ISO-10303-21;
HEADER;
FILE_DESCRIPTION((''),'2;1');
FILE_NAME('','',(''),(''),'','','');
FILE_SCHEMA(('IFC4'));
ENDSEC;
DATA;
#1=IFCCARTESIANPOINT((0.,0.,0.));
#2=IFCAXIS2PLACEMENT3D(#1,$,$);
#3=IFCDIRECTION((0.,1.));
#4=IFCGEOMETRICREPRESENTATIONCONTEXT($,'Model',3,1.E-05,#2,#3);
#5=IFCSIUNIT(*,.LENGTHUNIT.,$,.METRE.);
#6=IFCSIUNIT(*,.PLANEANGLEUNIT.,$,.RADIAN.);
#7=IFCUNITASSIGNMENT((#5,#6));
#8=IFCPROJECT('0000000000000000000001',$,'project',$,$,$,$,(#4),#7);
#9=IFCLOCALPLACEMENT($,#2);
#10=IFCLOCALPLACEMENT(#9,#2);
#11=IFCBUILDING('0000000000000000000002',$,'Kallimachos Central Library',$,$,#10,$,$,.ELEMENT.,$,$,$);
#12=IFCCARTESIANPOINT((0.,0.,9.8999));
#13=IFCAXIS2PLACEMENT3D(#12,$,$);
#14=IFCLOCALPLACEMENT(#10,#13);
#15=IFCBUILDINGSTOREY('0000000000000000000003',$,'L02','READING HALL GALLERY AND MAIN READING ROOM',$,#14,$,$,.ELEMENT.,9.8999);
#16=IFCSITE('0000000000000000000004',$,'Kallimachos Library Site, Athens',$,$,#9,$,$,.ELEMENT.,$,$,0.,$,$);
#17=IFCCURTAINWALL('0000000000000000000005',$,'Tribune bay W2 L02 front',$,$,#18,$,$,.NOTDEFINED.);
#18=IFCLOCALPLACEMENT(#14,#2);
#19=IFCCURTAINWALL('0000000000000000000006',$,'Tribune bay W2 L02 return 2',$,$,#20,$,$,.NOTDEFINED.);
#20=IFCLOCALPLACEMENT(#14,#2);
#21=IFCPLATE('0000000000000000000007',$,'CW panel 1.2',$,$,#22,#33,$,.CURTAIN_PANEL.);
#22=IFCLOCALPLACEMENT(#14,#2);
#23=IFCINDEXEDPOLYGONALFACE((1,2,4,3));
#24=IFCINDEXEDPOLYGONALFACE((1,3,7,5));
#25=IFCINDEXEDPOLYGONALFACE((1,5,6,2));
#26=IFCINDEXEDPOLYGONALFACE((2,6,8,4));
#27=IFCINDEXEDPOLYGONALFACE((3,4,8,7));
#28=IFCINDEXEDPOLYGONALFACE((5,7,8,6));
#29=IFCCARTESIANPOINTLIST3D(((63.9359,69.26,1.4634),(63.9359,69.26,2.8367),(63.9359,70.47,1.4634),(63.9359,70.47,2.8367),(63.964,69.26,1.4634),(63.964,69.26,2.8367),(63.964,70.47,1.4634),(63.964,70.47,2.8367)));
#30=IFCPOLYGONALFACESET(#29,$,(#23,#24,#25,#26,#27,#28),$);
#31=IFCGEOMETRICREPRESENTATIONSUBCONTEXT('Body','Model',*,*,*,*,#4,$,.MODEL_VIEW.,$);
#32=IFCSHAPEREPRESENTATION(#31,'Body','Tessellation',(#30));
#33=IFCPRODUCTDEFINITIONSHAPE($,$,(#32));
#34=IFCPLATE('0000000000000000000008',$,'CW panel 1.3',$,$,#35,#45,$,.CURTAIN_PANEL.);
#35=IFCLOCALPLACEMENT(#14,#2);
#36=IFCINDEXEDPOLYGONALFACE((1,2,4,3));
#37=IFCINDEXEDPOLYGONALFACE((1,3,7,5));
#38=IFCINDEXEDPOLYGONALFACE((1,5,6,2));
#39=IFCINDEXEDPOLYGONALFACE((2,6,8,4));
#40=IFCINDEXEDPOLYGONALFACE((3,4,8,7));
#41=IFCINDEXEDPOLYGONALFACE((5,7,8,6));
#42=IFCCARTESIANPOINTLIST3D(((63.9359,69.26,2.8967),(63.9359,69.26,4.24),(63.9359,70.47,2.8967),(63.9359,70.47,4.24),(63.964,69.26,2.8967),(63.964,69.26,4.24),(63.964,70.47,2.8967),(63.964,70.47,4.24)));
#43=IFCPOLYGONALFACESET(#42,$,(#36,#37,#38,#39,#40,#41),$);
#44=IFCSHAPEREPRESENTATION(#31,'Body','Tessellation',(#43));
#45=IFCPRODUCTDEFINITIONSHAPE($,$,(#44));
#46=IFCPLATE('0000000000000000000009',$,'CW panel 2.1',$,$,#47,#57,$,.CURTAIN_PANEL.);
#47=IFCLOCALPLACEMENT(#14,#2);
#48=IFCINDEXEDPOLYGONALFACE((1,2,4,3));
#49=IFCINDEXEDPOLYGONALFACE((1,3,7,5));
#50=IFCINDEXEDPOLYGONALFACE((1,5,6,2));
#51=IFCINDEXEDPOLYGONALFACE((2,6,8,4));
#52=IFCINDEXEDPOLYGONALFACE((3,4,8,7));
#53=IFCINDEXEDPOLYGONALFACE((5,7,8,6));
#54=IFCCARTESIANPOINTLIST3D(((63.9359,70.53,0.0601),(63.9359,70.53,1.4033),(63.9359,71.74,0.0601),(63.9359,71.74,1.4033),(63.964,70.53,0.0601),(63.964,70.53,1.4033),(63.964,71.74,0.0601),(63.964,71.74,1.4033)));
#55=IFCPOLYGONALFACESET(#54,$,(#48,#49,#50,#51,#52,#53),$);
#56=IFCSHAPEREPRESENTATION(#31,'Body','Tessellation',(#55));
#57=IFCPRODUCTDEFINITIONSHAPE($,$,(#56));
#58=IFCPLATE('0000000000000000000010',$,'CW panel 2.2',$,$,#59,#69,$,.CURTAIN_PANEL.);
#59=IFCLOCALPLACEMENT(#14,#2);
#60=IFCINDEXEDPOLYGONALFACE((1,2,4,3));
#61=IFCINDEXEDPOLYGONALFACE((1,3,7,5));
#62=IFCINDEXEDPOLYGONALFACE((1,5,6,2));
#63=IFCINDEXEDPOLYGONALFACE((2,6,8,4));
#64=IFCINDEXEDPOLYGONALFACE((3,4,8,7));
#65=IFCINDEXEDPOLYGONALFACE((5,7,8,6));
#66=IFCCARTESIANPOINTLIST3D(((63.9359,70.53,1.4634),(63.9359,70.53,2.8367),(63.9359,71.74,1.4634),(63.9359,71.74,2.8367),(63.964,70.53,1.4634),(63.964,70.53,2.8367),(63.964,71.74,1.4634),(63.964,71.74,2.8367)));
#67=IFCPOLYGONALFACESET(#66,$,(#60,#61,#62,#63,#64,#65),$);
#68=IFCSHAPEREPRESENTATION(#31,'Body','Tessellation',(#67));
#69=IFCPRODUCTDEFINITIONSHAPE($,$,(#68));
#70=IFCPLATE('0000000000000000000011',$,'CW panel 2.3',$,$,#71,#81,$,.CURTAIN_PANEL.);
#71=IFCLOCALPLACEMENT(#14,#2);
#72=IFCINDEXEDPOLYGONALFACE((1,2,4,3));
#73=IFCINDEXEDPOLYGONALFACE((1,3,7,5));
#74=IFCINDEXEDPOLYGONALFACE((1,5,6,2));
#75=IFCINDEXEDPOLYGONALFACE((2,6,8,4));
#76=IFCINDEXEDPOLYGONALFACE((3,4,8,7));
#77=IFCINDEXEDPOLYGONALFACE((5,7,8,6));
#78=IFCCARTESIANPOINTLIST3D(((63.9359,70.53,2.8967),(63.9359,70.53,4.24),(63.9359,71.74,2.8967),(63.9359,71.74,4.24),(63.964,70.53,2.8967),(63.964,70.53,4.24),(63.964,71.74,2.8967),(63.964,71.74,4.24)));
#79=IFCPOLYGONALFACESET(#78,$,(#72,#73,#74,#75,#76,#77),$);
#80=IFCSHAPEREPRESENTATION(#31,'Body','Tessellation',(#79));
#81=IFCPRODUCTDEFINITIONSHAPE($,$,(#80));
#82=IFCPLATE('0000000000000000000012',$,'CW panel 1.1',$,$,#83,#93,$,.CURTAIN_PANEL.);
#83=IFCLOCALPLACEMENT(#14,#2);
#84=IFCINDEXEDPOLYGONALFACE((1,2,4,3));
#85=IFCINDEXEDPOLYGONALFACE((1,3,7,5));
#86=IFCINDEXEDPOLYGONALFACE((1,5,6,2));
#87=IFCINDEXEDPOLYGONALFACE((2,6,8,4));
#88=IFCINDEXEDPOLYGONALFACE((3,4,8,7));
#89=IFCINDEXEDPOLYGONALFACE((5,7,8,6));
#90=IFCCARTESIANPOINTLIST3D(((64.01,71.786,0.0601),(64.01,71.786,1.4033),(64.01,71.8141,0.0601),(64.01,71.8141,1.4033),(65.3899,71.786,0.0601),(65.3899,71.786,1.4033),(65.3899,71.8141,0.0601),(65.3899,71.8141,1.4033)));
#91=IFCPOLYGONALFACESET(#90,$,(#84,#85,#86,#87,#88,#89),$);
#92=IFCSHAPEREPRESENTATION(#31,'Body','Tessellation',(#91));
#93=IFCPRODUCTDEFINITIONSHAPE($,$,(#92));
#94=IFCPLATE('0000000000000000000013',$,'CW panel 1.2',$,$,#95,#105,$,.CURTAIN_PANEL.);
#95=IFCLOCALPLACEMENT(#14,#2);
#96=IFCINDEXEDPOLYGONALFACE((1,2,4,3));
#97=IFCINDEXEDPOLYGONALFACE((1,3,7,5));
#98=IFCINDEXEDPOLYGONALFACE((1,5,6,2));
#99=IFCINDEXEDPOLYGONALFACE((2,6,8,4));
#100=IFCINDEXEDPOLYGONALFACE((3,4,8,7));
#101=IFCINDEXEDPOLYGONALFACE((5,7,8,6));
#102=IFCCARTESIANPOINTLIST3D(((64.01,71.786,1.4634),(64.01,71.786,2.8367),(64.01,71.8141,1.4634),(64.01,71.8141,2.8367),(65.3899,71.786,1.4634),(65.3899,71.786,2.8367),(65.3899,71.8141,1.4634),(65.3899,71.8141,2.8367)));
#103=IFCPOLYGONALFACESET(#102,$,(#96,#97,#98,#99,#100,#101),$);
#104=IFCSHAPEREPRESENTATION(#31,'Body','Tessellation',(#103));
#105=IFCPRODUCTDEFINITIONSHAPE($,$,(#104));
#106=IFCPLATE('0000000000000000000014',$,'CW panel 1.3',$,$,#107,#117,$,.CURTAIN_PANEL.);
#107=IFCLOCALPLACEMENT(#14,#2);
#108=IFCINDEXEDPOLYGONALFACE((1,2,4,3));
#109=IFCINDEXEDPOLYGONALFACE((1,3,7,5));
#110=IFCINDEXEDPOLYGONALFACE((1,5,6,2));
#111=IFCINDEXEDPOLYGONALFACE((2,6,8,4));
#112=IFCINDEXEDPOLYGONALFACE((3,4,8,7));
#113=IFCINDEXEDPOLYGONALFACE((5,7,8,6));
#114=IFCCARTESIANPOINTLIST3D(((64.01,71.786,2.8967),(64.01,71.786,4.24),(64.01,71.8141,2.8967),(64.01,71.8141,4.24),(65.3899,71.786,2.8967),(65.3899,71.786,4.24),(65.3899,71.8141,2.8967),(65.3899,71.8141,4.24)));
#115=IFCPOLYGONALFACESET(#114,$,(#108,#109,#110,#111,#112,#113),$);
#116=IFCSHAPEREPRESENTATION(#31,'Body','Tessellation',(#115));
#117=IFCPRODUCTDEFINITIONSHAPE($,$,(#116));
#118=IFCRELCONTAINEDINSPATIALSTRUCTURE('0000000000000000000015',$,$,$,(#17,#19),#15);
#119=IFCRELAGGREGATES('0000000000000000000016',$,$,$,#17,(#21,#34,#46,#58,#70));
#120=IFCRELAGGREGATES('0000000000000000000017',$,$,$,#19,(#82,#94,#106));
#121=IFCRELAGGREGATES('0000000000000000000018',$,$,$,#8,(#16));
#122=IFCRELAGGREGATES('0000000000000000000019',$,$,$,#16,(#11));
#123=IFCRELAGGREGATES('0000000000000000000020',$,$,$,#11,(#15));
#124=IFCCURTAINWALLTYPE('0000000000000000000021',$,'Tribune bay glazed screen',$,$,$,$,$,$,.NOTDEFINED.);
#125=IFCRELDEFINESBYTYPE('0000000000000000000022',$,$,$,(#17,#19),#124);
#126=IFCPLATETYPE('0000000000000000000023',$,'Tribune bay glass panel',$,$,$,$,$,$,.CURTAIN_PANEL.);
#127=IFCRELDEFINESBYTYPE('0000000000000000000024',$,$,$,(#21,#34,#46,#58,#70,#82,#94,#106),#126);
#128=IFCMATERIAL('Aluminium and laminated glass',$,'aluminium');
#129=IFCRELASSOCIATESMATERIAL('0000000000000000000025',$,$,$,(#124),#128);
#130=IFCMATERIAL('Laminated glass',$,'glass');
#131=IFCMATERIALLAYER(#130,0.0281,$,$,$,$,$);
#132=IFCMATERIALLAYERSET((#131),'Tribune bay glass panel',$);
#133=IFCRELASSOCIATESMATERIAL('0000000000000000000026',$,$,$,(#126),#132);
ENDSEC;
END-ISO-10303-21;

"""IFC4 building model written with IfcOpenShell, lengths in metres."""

from ifc_helpers import new_model, si_unit, direction, frame, origin, origin_2d, place, context, subcontext, project, spatial, rectangle, extrude, material, layer, layer_set, type_object, element, aggregate, save


model = new_model("IFC4")

# Units and contexts
model_context = context("Model", 3, precision=1e-05, world=origin(), true_north=direction((0.0, 1.0)))
body_context = subcontext(model_context, "Body", "Model", "MODEL_VIEW")
ifc_project = project(units=[si_unit("LENGTHUNIT", "METRE"), si_unit("PLANEANGLEUNIT", "RADIAN")], contexts=[model_context])

# Site, building, storey
site_placement = place(None, origin())
site = spatial("IfcSite", under=ifc_project, at=site_placement, Name="Kallimachos Library Site, Athens", CompositionType="ELEMENT", RefElevation=0.0)
building_placement = place(site_placement, origin())
building = spatial("IfcBuilding", under=site, at=building_placement, Name="Kallimachos Central Library", CompositionType="ELEMENT")
storey_placement = place(building_placement, frame((0.0, 0.0, 9.8999)))
storey = spatial("IfcBuildingStorey", under=building, at=storey_placement, Name="L02", Description="READING HALL GALLERY AND MAIN READING ROOM", CompositionType="ELEMENT", Elevation=9.8999)

# Curtain wall
ifc_material_1 = material(Name="Aluminium and laminated glass", Category="aluminium")
curtain_wall_type = type_object("IfcCurtainWallType", Name="Tribune bay glazed screen", PredefinedType="NOTDEFINED", material=ifc_material_1)
curtain_wall_1_placement = place(storey_placement, origin())
curtain_wall_1 = element("IfcCurtainWall", 1, at=curtain_wall_1_placement, inside=storey, type_object=curtain_wall_type, Name="Tribune bay W2 L02 front", PredefinedType="NOTDEFINED")

# Curtain wall
curtain_wall_2_placement = place(storey_placement, origin())
curtain_wall_2 = element("IfcCurtainWall", 2, at=curtain_wall_2_placement, inside=storey, type_object=curtain_wall_type, Name="Tribune bay W2 L02 return 2", PredefinedType="NOTDEFINED")

# Plates
ifc_material_2 = material(Name="Laminated glass", Category="glass")
ifc_layer = layer(ifc_material_2, 0.0281)
ifc_layer_set = layer_set([ifc_layer], Name="Tribune bay glass panel")
plate_type = type_object("IfcPlateType", Name="Tribune bay glass panel", PredefinedType="CURTAIN_PANEL", material=ifc_layer_set)
plate_1_placement = place(storey_placement, frame((63.95, 69.865, 1.4634), z_axis=(0.0, 0.0, 1.0), x_axis=(0.0, 1.0, 0.0)))
plate_1 = element("IfcPlate", 3, at=plate_1_placement, type_object=plate_type, Name="CW panel 1.2", PredefinedType="CURTAIN_PANEL", context=body_context, shape_type="SweptSolid", body=[
    extrude(rectangle(XDim=1.21, YDim=0.0281, at=origin_2d()), origin(), (0.0, 0.0, 1.0), 1.3733),
])
plate_2_placement = place(storey_placement, frame((63.95, 69.865, 2.8967), z_axis=(0.0, 0.0, 1.0), x_axis=(0.0, 1.0, 0.0)))
plate_2 = element("IfcPlate", 4, at=plate_2_placement, type_object=plate_type, Name="CW panel 1.3", PredefinedType="CURTAIN_PANEL", context=body_context, shape_type="SweptSolid", body=[
    extrude(rectangle(XDim=1.21, YDim=0.0281, at=origin_2d()), origin(), (0.0, 0.0, 1.0), 1.3433),
])
plate_3_placement = place(storey_placement, frame((63.95, 71.135, 0.0601), z_axis=(0.0, 0.0, 1.0), x_axis=(0.0, 1.0, 0.0)))
plate_3 = element("IfcPlate", 5, at=plate_3_placement, type_object=plate_type, Name="CW panel 2.1", PredefinedType="CURTAIN_PANEL", context=body_context, shape_type="SweptSolid", body=[
    extrude(rectangle(XDim=1.21, YDim=0.0281, at=origin_2d()), origin(), (0.0, 0.0, 1.0), 1.3433),
])
plate_4_placement = place(storey_placement, frame((63.95, 71.135, 1.4634), z_axis=(0.0, 0.0, 1.0), x_axis=(0.0, 1.0, 0.0)))
plate_4 = element("IfcPlate", 6, at=plate_4_placement, type_object=plate_type, Name="CW panel 2.2", PredefinedType="CURTAIN_PANEL", context=body_context, shape_type="SweptSolid", body=[
    extrude(rectangle(XDim=1.21, YDim=0.0281, at=origin_2d()), origin(), (0.0, 0.0, 1.0), 1.3733),
])
plate_5_placement = place(storey_placement, frame((63.95, 71.135, 2.8967), z_axis=(0.0, 0.0, 1.0), x_axis=(0.0, 1.0, 0.0)))
plate_5 = element("IfcPlate", 7, at=plate_5_placement, type_object=plate_type, Name="CW panel 2.3", PredefinedType="CURTAIN_PANEL", context=body_context, shape_type="SweptSolid", body=[
    extrude(rectangle(XDim=1.21, YDim=0.0281, at=origin_2d()), origin(), (0.0, 0.0, 1.0), 1.3433),
])
aggregate(curtain_wall_1, [plate_1, plate_2, plate_3, plate_4, plate_5])
plate_6_placement = place(storey_placement, frame((64.7, 71.8, 0.0601), z_axis=(0.0, 0.0, 1.0), x_axis=(-1.0, 0.0, 0.0)))
plate_6 = element("IfcPlate", 8, at=plate_6_placement, type_object=plate_type, Name="CW panel 1.1", PredefinedType="CURTAIN_PANEL", context=body_context, shape_type="SweptSolid", body=[
    extrude(rectangle(XDim=1.3799, YDim=0.0281, at=origin_2d()), origin(), (0.0, 0.0, 1.0), 1.3433),
])
plate_7_placement = place(storey_placement, frame((64.7, 71.8, 1.4634), z_axis=(0.0, 0.0, 1.0), x_axis=(-1.0, 0.0, 0.0)))
plate_7 = element("IfcPlate", 9, at=plate_7_placement, type_object=plate_type, Name="CW panel 1.2", PredefinedType="CURTAIN_PANEL", context=body_context, shape_type="SweptSolid", body=[
    extrude(rectangle(XDim=1.3799, YDim=0.0281, at=origin_2d()), origin(), (0.0, 0.0, 1.0), 1.3733),
])
plate_8_placement = place(storey_placement, frame((64.7, 71.8, 2.8967), z_axis=(0.0, 0.0, 1.0), x_axis=(-1.0, 0.0, 0.0)))
plate_8 = element("IfcPlate", 10, at=plate_8_placement, type_object=plate_type, Name="CW panel 1.3", PredefinedType="CURTAIN_PANEL", context=body_context, shape_type="SweptSolid", body=[
    extrude(rectangle(XDim=1.3799, YDim=0.0281, at=origin_2d()), origin(), (0.0, 0.0, 1.0), 1.3433),
])
aggregate(curtain_wall_2, [plate_6, plate_7, plate_8])

save(model, "model.ifc")
